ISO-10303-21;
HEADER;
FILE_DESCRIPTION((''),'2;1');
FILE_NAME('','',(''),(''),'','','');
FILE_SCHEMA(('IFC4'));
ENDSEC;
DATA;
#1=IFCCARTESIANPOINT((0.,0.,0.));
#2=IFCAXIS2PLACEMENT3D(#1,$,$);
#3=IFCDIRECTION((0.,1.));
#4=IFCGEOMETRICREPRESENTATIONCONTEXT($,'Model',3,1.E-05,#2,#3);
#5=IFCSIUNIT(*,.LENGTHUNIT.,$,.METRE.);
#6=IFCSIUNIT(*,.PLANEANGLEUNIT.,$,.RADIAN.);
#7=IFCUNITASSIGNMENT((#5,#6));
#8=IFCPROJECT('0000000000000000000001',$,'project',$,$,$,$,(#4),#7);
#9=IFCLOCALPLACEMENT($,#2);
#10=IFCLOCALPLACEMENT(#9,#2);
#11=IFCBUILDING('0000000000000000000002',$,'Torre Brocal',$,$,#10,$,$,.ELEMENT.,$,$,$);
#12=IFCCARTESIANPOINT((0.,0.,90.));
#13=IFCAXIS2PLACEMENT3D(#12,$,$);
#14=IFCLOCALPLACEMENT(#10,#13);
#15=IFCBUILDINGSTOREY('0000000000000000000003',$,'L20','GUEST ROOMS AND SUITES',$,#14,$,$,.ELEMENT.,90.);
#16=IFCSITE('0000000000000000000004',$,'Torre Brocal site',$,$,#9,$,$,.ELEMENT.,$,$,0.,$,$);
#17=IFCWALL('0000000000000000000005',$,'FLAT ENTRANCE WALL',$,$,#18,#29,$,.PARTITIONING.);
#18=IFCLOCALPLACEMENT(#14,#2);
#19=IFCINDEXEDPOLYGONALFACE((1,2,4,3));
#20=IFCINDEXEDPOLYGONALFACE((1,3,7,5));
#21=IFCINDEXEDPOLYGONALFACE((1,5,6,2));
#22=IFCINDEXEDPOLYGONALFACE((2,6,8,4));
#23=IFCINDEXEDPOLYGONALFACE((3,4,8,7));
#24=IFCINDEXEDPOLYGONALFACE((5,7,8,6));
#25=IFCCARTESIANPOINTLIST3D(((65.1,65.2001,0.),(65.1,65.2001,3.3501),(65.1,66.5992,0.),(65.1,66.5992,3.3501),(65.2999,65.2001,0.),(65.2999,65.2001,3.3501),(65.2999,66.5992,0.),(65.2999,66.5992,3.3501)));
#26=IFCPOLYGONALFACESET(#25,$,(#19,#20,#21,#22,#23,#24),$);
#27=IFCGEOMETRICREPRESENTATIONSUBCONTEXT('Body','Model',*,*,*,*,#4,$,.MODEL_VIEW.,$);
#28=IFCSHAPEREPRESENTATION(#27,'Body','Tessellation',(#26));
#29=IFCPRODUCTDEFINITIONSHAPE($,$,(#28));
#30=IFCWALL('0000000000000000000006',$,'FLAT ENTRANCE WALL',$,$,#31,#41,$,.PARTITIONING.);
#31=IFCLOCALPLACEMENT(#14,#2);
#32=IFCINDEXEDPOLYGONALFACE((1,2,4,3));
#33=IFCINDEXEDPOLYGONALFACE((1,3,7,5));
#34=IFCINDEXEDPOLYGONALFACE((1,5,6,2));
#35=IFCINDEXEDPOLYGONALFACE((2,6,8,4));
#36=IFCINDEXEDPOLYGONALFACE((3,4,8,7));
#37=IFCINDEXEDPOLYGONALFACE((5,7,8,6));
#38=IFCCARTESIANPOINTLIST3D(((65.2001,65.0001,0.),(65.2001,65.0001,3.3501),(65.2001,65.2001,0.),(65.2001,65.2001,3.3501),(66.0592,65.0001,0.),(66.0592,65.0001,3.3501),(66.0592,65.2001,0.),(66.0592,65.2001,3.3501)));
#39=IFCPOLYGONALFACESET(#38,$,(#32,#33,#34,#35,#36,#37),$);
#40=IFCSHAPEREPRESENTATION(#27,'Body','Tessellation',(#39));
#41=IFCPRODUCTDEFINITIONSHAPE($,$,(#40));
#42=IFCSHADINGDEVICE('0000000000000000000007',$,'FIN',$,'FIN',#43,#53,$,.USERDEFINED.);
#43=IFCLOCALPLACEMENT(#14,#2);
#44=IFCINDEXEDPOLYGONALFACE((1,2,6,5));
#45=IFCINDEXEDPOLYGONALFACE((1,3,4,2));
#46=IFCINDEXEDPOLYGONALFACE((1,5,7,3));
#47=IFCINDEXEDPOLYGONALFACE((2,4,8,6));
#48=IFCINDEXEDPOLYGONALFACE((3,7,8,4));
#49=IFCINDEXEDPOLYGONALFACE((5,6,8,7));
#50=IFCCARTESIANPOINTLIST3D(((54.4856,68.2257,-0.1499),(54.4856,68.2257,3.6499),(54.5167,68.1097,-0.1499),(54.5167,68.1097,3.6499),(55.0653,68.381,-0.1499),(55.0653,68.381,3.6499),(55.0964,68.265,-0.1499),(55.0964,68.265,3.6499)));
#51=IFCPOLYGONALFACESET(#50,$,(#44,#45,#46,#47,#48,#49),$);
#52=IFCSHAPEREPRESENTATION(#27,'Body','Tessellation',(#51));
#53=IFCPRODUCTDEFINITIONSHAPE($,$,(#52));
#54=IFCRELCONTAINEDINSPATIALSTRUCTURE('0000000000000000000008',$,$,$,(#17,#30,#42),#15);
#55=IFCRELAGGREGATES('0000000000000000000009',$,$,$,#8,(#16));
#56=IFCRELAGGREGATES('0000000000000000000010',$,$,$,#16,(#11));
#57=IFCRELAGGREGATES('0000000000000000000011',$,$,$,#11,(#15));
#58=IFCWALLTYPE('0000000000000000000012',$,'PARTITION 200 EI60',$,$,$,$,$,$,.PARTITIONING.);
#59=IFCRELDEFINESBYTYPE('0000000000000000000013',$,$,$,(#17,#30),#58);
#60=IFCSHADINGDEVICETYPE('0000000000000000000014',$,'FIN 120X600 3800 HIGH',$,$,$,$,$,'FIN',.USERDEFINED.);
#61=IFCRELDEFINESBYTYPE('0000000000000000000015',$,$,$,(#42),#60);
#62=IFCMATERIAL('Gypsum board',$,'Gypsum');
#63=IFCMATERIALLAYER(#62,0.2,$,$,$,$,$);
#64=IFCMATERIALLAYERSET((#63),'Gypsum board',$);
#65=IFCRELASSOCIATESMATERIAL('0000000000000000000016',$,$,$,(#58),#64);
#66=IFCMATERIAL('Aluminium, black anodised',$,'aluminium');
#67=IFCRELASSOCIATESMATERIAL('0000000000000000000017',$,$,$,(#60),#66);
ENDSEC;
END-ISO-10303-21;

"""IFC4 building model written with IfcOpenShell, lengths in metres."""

from ifc_helpers import new_model, si_unit, direction, frame, frame_2d, origin, origin_2d, place, context, subcontext, project, spatial, rectangle, extrude, material, layer, layer_set, material_profile, profile_set, type_object, element, save


model = new_model("IFC4")

# Units and contexts
model_context = context("Model", 3, precision=1e-05, world=origin(), true_north=direction((0.0, 1.0)))
body_context = subcontext(model_context, "Body", "Model", "MODEL_VIEW")
ifc_project = project(units=[si_unit("LENGTHUNIT", "METRE"), si_unit("PLANEANGLEUNIT", "RADIAN")], contexts=[model_context])

# Site, building, storey
site_placement = place(None, origin())
site = spatial("IfcSite", under=ifc_project, at=site_placement, Name="Torre Brocal site", CompositionType="ELEMENT", RefElevation=0.0)
building_placement = place(site_placement, origin())
building = spatial("IfcBuilding", under=site, at=building_placement, Name="Torre Brocal", CompositionType="ELEMENT")
storey_placement = place(building_placement, frame((0.0, 0.0, 90.0)))
storey = spatial("IfcBuildingStorey", under=building, at=storey_placement, Name="L20", Description="GUEST ROOMS AND SUITES", CompositionType="ELEMENT", Elevation=90.0)

# Walls
ifc_material_1 = material(Name="Gypsum board", Category="Gypsum")
ifc_layer_1 = layer(ifc_material_1, 0.2)
ifc_layer_set_1 = layer_set([ifc_layer_1], Name="Gypsum board")
wall_type_1 = type_object("IfcWallType", Name="PARTITION 200 EI60", PredefinedType="PARTITIONING", material=ifc_layer_set_1)
wall_1_placement = place(storey_placement, frame((65.2, 65.2, 0.0), z_axis=(0.0, 0.0, 1.0), x_axis=(0.0, 1.0, 0.0)))
element("IfcWall", 1, at=wall_1_placement, inside=storey, type_object=wall_type_1, Name="FLAT ENTRANCE WALL", PredefinedType="PARTITIONING", context=body_context, shape_type="SweptSolid", body=[
    extrude(rectangle(XDim=1.3992, YDim=0.2, at=frame_2d((0.6997, 0.0))), origin(), (0.0, 0.0, 1.0), 3.3501),
])
wall_2_placement = place(storey_placement, frame((65.2, 65.1001, 0.0), z_axis=(0.0, 0.0, 1.0), x_axis=(1.0, 0.0, 0.0)))
element("IfcWall", 2, at=wall_2_placement, inside=storey, type_object=wall_type_1, Name="FLAT ENTRANCE WALL", PredefinedType="PARTITIONING", context=body_context, shape_type="SweptSolid", body=[
    extrude(rectangle(XDim=0.8591, YDim=0.2, at=frame_2d((0.4297, 0.0))), origin(), (0.0, 0.0, 1.0), 3.3501),
])

# Shading device
ifc_material_2 = material(Name="Aluminium, black anodised", Category="aluminium")
ifc_material_profile_1 = material_profile(ifc_material_2, rectangle(XDim=0.1201, YDim=0.6001, at=origin_2d()), Name="FIN 120X600 3800 HIGH")
ifc_profile_set_1 = profile_set([ifc_material_profile_1], Name="Aluminium, black anodised")
shading_device_type = type_object("IfcShadingDeviceType", Name="FIN 120X600 3800 HIGH", ElementType="FIN", PredefinedType="USERDEFINED", material=ifc_profile_set_1)
shading_device_placement = place(storey_placement, frame((54.791, 68.2454, -0.1499), z_axis=(0.0, 0.0, 1.0), x_axis=(0.258819, -0.965926, 0.0)))
element("IfcShadingDevice", 3, at=shading_device_placement, inside=storey, type_object=shading_device_type, Name="FIN", ObjectType="FIN", PredefinedType="USERDEFINED", context=body_context, shape_type="SweptSolid", body=[
    extrude(rectangle(XDim=0.1201, YDim=0.6001, at=origin_2d()), origin(), (0.0, 0.0, 1.0), 3.7998),
])

save(model, "model.ifc")
